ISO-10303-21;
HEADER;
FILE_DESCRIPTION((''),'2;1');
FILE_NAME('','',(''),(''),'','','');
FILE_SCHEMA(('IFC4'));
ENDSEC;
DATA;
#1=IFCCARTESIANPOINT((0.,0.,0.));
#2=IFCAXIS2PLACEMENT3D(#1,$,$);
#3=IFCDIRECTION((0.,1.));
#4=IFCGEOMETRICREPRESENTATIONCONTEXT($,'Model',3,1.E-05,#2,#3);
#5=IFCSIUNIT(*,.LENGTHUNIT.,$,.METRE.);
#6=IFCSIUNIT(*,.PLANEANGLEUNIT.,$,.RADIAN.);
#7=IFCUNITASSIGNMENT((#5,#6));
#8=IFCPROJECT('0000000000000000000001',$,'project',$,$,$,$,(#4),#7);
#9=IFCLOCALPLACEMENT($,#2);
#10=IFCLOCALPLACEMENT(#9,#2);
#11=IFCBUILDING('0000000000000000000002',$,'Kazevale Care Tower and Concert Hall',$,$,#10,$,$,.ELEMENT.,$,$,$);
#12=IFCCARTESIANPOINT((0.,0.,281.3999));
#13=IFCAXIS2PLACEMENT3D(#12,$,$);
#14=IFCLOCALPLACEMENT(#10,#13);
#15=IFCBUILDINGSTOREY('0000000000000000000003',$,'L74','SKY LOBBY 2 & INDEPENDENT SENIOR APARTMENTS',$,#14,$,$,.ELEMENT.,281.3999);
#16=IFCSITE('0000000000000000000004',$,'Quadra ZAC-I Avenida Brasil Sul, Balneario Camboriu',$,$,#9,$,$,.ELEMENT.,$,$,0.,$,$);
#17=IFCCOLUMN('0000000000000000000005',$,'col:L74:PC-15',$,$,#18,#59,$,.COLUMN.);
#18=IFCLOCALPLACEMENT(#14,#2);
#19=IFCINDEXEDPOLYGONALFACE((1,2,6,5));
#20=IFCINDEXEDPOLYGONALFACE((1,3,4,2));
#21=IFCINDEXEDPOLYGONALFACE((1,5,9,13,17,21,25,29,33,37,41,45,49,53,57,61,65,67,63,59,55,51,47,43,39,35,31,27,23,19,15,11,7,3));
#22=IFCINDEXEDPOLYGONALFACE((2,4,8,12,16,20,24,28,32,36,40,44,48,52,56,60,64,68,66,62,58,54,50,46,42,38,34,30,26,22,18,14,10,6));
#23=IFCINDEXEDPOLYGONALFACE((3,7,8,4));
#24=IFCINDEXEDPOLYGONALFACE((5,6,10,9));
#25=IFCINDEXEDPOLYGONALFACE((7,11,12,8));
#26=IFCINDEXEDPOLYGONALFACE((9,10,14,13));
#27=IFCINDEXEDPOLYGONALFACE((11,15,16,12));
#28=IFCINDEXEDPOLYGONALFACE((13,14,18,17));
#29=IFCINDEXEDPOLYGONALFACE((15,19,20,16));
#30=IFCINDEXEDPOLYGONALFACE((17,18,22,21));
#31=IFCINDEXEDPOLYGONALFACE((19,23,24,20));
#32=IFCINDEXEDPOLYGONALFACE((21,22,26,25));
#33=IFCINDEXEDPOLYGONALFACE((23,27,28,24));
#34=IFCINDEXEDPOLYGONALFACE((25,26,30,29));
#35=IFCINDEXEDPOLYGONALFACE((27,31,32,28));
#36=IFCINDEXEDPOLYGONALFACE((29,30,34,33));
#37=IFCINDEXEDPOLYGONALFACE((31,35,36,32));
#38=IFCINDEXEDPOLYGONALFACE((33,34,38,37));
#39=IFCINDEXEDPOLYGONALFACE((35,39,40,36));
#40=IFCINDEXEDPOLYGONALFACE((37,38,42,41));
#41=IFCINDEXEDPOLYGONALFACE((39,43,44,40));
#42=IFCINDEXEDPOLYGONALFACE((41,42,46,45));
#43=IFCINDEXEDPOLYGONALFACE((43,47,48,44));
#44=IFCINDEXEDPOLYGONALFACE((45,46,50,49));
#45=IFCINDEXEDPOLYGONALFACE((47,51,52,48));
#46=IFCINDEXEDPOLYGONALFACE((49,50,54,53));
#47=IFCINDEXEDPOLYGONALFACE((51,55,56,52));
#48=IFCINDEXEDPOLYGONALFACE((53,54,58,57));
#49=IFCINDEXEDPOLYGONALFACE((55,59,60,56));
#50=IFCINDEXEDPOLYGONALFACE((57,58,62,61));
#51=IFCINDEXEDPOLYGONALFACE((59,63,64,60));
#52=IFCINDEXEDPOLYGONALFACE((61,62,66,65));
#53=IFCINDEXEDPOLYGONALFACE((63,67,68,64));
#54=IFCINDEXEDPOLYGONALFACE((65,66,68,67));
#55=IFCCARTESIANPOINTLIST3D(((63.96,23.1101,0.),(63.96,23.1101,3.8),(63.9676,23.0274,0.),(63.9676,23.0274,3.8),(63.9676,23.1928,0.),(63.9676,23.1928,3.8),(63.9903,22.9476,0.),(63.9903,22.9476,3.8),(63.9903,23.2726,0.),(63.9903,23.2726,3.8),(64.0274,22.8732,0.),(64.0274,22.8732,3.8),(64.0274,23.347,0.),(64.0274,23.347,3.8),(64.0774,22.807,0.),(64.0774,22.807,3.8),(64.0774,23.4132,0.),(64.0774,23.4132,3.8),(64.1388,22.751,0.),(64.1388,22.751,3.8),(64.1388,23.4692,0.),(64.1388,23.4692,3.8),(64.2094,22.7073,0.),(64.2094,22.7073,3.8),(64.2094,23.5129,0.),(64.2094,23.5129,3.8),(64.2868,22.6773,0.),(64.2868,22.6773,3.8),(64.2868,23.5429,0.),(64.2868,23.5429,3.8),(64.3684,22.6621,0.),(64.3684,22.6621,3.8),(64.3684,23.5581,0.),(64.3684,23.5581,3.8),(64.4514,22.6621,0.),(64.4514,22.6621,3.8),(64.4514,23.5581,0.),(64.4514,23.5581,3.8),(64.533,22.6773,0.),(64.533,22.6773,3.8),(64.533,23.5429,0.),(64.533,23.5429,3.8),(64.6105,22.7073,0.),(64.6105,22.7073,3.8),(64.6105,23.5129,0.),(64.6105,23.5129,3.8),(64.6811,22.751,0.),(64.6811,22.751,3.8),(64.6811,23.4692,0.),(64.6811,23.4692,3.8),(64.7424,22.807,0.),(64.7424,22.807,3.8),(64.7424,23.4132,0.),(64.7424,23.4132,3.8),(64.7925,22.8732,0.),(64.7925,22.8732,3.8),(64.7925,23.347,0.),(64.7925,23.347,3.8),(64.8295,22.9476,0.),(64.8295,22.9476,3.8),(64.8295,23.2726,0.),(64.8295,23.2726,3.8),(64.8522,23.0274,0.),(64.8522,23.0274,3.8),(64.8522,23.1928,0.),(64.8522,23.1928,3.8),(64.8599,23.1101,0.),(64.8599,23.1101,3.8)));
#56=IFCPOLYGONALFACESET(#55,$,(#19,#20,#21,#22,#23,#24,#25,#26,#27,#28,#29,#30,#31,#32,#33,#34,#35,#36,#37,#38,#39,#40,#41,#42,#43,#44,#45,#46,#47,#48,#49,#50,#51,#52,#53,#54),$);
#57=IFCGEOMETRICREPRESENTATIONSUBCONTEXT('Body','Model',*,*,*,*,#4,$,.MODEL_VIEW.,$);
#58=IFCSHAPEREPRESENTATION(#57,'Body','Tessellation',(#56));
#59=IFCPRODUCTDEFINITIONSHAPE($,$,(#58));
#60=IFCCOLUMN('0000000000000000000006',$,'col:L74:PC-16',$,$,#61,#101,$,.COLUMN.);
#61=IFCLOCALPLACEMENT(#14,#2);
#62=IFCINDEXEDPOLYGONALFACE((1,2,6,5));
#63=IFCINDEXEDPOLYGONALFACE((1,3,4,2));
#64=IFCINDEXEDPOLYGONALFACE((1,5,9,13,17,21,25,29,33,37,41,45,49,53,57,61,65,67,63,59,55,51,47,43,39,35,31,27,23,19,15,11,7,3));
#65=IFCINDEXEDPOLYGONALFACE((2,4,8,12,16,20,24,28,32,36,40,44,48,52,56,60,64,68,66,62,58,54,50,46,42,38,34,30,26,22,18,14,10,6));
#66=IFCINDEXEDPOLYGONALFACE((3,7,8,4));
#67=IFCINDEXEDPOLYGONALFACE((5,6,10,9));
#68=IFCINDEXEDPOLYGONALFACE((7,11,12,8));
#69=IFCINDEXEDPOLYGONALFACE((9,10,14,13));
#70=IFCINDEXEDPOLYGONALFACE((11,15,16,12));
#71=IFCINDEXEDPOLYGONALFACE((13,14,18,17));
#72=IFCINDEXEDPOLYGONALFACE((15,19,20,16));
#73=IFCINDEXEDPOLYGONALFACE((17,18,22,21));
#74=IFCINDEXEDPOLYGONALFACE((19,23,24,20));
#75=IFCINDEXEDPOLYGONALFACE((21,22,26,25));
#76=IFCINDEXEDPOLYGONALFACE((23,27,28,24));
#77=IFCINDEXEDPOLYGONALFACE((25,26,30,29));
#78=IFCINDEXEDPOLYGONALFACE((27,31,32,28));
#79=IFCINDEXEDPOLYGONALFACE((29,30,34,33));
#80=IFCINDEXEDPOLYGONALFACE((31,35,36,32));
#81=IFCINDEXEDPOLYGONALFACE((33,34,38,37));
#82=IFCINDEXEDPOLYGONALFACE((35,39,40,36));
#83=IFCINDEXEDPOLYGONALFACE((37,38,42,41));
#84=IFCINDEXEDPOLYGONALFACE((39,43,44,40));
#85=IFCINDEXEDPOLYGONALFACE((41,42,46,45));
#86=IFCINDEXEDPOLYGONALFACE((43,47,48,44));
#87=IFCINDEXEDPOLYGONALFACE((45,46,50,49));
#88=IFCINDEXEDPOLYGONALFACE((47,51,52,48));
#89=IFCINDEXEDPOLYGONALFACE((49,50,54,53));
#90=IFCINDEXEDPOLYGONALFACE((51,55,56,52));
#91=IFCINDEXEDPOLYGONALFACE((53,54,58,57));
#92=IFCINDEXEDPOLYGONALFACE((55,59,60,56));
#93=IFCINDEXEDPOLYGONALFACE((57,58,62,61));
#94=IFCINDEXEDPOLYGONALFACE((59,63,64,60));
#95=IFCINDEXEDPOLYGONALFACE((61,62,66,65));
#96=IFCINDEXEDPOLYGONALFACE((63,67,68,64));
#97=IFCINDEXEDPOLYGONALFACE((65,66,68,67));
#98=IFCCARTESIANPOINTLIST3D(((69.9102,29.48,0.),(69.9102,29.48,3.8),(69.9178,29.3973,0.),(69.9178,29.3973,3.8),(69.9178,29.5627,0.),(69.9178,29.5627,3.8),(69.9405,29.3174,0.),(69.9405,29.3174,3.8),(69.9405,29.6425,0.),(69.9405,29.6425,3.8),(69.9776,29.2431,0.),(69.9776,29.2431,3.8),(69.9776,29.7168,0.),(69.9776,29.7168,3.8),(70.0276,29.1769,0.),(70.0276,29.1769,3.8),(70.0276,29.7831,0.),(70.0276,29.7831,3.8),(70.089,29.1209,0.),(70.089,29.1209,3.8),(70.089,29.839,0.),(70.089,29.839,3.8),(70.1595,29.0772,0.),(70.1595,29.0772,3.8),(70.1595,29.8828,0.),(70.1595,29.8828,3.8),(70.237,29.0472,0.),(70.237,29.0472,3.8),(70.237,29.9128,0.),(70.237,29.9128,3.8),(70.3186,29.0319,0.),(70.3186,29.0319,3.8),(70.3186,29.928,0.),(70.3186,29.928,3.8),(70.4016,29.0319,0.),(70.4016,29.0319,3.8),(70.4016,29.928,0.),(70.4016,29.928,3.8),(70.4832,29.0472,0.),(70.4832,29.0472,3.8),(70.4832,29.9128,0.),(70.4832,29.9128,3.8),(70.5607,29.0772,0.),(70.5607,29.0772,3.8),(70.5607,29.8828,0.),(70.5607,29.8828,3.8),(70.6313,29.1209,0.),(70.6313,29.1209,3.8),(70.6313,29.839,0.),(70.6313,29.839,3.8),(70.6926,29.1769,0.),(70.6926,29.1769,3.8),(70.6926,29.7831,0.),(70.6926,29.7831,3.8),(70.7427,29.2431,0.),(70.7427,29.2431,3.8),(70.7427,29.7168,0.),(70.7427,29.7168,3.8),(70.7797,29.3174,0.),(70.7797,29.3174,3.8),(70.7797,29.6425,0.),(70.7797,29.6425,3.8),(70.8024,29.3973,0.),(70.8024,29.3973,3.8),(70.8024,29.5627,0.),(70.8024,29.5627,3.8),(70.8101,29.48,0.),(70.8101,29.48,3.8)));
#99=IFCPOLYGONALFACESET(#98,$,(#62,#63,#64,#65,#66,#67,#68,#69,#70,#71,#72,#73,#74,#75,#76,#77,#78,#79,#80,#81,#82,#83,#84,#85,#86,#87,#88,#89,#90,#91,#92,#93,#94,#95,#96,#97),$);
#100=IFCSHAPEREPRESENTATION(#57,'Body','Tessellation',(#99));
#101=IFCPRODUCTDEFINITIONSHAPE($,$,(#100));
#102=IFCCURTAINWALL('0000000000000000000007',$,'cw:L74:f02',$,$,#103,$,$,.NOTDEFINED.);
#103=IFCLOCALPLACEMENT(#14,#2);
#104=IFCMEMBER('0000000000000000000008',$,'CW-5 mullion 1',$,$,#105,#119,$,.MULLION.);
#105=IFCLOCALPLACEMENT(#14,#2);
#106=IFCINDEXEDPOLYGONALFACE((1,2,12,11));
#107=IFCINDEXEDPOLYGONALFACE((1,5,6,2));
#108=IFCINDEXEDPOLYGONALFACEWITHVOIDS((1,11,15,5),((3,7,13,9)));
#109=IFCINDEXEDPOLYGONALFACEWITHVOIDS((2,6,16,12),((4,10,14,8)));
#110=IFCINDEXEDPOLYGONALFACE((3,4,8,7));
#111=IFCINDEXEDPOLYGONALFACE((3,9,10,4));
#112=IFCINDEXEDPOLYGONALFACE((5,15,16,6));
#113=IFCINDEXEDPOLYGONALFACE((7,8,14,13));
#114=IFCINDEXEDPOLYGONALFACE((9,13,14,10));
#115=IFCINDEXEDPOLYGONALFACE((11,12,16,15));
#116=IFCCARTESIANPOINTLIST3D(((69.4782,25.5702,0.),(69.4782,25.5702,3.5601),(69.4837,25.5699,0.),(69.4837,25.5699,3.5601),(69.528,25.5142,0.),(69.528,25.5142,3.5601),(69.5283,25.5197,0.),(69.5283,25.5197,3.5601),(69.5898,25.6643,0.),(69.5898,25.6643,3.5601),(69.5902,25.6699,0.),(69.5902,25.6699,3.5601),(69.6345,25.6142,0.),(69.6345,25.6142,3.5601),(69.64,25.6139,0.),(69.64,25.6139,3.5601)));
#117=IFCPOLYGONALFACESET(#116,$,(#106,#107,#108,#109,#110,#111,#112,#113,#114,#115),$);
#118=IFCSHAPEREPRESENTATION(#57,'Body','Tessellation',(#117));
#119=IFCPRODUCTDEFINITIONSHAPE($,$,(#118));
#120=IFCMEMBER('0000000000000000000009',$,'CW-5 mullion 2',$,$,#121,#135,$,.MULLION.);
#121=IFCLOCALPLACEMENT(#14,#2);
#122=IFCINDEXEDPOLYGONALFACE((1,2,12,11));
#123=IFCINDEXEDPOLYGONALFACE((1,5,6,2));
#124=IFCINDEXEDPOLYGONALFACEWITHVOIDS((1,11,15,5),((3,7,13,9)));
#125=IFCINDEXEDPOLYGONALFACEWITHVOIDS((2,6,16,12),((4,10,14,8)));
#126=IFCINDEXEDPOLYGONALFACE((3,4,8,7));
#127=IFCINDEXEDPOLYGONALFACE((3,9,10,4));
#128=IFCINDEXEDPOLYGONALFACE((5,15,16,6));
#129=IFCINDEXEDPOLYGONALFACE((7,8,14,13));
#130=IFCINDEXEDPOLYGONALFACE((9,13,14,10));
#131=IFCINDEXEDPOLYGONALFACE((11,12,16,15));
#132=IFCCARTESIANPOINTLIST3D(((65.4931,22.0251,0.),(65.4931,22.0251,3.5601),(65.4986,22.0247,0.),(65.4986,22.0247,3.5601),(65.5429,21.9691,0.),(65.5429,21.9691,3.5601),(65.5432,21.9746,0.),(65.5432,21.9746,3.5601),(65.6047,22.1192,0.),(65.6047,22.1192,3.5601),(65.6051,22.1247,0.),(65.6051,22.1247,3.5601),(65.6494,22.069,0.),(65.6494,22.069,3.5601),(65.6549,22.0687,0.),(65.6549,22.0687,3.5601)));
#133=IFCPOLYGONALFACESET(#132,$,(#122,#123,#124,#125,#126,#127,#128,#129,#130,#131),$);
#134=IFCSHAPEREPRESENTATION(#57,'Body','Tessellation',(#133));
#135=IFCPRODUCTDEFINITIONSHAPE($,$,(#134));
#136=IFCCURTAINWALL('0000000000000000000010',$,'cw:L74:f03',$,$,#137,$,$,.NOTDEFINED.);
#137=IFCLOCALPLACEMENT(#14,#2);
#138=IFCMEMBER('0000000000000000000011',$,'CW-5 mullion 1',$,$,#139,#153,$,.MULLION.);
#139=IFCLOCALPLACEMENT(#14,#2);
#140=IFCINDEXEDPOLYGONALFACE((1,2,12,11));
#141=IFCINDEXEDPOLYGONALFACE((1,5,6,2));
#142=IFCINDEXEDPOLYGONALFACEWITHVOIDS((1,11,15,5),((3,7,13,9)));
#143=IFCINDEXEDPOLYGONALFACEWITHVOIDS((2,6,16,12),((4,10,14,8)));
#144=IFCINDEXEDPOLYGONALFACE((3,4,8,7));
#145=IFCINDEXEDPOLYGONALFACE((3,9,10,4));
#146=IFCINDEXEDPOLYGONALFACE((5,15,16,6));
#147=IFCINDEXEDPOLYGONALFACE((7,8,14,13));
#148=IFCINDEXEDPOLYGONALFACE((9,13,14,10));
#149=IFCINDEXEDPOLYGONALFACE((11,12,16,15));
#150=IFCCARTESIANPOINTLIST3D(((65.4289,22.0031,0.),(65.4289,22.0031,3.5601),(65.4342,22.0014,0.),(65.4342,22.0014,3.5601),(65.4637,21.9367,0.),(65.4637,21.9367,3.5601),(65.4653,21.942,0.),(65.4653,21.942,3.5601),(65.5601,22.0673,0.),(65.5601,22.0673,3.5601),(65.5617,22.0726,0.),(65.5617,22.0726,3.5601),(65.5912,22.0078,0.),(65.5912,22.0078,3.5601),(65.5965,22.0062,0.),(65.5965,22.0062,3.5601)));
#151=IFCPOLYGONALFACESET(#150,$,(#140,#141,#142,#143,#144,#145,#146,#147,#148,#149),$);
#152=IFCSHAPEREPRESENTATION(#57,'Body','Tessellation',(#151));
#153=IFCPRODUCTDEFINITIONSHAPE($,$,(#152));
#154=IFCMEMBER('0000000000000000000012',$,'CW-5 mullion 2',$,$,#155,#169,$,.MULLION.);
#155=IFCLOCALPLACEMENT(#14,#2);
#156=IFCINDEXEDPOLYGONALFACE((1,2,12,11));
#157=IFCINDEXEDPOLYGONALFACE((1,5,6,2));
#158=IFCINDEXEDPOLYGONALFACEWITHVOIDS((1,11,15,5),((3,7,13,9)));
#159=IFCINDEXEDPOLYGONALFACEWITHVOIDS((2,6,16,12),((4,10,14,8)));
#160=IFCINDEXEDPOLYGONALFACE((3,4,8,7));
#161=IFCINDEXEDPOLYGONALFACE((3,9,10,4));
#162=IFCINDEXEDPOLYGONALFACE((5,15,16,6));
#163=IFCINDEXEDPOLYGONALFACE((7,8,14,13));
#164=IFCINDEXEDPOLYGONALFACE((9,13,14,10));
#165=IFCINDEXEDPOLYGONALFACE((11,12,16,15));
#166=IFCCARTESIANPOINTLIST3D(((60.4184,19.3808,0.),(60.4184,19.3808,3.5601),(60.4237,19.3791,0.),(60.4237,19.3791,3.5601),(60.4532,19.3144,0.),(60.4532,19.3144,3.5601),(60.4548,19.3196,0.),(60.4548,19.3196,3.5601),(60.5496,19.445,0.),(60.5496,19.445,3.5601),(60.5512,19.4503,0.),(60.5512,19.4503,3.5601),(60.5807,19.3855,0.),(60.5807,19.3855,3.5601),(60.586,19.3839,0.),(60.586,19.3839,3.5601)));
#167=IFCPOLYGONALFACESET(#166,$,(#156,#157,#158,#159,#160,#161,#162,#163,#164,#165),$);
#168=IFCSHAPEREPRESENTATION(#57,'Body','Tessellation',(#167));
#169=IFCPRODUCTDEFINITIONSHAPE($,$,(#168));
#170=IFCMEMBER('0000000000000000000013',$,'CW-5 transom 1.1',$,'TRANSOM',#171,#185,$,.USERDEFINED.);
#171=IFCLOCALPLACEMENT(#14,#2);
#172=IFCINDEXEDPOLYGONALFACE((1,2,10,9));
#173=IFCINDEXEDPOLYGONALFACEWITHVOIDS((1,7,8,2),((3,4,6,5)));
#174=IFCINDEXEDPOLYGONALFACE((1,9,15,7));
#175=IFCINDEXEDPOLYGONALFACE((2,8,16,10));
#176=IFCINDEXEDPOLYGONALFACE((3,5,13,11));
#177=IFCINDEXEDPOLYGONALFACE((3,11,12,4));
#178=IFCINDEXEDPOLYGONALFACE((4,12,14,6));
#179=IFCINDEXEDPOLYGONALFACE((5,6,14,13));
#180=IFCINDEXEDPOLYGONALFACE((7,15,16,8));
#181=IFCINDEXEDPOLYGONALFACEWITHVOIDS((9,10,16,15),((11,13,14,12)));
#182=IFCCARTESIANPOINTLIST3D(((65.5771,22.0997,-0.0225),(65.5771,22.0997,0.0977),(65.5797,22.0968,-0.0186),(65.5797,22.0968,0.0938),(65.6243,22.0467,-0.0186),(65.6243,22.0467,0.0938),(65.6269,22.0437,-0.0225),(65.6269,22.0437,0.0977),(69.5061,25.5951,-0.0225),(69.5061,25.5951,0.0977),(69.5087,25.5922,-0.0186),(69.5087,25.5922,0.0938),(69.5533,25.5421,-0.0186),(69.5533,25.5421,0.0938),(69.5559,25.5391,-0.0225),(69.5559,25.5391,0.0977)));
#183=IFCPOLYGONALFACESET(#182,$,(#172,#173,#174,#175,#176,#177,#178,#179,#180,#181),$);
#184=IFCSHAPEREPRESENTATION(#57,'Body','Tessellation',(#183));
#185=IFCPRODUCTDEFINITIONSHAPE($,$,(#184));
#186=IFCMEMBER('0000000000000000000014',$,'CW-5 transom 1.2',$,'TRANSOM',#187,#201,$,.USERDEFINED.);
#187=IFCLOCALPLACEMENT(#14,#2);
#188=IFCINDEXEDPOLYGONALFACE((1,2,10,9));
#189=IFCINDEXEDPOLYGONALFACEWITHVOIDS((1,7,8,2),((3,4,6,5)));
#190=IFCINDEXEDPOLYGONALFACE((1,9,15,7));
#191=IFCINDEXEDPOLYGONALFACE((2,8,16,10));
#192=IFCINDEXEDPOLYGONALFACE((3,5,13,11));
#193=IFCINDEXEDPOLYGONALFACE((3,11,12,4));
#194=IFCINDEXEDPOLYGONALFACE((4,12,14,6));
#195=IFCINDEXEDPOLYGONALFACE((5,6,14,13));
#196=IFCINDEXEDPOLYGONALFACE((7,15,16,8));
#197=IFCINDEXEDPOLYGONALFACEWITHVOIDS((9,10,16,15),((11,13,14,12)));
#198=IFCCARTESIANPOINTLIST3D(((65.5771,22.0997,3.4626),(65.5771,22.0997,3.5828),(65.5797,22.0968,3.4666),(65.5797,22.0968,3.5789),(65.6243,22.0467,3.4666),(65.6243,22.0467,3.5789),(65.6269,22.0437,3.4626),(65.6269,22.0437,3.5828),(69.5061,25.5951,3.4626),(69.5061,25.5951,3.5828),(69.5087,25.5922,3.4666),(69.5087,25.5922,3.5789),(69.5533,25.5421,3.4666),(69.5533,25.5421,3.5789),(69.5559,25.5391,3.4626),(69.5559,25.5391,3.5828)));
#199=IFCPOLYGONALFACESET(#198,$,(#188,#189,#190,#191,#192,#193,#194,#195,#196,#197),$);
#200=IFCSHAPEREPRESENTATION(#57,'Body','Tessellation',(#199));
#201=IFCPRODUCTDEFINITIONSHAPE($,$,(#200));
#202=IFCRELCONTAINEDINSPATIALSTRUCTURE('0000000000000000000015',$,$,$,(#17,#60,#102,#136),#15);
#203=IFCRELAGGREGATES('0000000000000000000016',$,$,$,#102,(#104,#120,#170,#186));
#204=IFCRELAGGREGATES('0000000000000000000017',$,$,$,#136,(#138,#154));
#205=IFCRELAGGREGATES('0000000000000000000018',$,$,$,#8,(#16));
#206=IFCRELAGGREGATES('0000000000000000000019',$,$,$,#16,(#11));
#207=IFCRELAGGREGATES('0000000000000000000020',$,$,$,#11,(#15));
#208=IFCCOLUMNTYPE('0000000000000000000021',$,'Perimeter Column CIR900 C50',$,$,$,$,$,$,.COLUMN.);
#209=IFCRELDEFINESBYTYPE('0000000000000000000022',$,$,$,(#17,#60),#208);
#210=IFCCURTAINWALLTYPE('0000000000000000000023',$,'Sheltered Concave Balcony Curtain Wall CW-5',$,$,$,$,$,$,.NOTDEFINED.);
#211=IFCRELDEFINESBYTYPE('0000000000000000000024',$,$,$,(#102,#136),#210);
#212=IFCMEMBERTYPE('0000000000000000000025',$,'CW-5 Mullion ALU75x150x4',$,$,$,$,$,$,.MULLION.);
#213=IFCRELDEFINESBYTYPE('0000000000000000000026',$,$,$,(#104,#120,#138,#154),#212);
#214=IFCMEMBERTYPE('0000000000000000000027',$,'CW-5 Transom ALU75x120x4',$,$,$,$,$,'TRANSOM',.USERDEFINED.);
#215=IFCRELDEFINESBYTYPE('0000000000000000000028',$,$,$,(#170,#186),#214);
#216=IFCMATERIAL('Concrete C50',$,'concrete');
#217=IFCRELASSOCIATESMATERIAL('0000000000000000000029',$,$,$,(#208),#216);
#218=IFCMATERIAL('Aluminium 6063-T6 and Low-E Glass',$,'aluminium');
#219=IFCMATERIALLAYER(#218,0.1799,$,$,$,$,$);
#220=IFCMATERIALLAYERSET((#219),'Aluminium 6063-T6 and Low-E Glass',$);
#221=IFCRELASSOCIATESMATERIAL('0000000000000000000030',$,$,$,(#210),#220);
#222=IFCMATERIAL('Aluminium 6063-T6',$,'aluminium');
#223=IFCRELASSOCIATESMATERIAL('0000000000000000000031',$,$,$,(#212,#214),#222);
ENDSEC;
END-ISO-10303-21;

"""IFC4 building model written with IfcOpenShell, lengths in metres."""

from ifc_helpers import new_model, si_unit, direction, frame, origin, origin_2d, place, context, subcontext, project, spatial, hollow_rectangle, circle, extrude, material, layer, layer_set, material_profile, profile_set, type_object, element, aggregate, save


model = new_model("IFC4")

# Units and contexts
model_context = context("Model", 3, precision=1e-05, world=origin(), true_north=direction((0.0, 1.0)))
body_context = subcontext(model_context, "Body", "Model", "MODEL_VIEW")
ifc_project = project(units=[si_unit("LENGTHUNIT", "METRE"), si_unit("PLANEANGLEUNIT", "RADIAN")], contexts=[model_context])

# Site, building, storey
site_placement = place(None, origin())
site = spatial("IfcSite", under=ifc_project, at=site_placement, Name="Quadra ZAC-I Avenida Brasil Sul, Balneario Camboriu", CompositionType="ELEMENT", RefElevation=0.0)
building_placement = place(site_placement, origin())
building = spatial("IfcBuilding", under=site, at=building_placement, Name="Kazevale Care Tower and Concert Hall", CompositionType="ELEMENT")
storey_placement = place(building_placement, frame((0.0, 0.0, 281.3999)))
storey = spatial("IfcBuildingStorey", under=building, at=storey_placement, Name="L74", Description="SKY LOBBY 2 & INDEPENDENT SENIOR APARTMENTS", CompositionType="ELEMENT", Elevation=281.3999)

# Columns
ifc_material_1 = material(Name="Concrete C50", Category="concrete")
ifc_material_profile_1 = material_profile(ifc_material_1, circle(Radius=0.45, at=origin_2d()), Name="RC-CIR900")
ifc_profile_set_1 = profile_set([ifc_material_profile_1], Name="Concrete C50")
column_type = type_object("IfcColumnType", Name="Perimeter Column CIR900 C50", PredefinedType="COLUMN", material=ifc_profile_set_1)
for number, where, z_axis, x_axis, name in (
    (1, (64.4099, 23.1101, 0.0), (0.0, 0.0, 1.0), (1.0, 0.0, 0.0), "col:L74:PC-15"),
    (2, (70.3601, 29.48, 0.0), (0.0, 0.0, 1.0), (1.0, 0.0, 0.0), "col:L74:PC-16"),
):
    element("IfcColumn", number, at=place(storey_placement, frame(where, z_axis=z_axis, x_axis=x_axis)), inside=storey, type_object=column_type, Name=name, PredefinedType="COLUMN", context=body_context, shape_type="SweptSolid", body=[
        extrude(circle(Radius=0.45, at=origin_2d()), origin(), (0.0, 0.0, 1.0), 3.8),
    ])

# Curtain walls, members
ifc_material_2 = material(Name="Aluminium 6063-T6 and Low-E Glass", Category="aluminium")
ifc_layer_1 = layer(ifc_material_2, 0.1799)
ifc_layer_set_1 = layer_set([ifc_layer_1], Name="Aluminium 6063-T6 and Low-E Glass")
curtain_wall_type = type_object("IfcCurtainWallType", Name="Sheltered Concave Balcony Curtain Wall CW-5", PredefinedType="NOTDEFINED", material=ifc_layer_set_1)
curtain_wall_1_placement = place(storey_placement, origin())
curtain_wall_1 = element("IfcCurtainWall", 3, at=curtain_wall_1_placement, inside=storey, type_object=curtain_wall_type, Name="cw:L74:f02", PredefinedType="NOTDEFINED")
ifc_material_3 = material(Name="Aluminium 6063-T6", Category="aluminium")
ifc_material_profile_2 = material_profile(ifc_material_3, hollow_rectangle(XDim=0.075, YDim=0.1499, WallThickness=0.0039, at=origin_2d()), Name="ALU75x150x4")
ifc_profile_set_2 = profile_set([ifc_material_profile_2], Name="Aluminium 6063-T6")
member_type_1 = type_object("IfcMemberType", Name="CW-5 Mullion ALU75x150x4", PredefinedType="MULLION", material=ifc_profile_set_2)
member_1_placement = place(storey_placement, frame((69.5591, 25.592, 0.0), z_axis=(0.0, 0.0, 1.0), x_axis=(0.664674, -0.747134, 0.0)))
member_1 = element("IfcMember", 4, at=member_1_placement, type_object=member_type_1, Name="CW-5 mullion 1", PredefinedType="MULLION", context=body_context, shape_type="SweptSolid", body=[
    extrude(hollow_rectangle(XDim=0.075, YDim=0.1499, WallThickness=0.0039, at=origin_2d()), origin(), (0.0, 0.0, 1.0), 3.5601),
])
member_2_placement = place(storey_placement, frame((65.574, 22.0469, 0.0), z_axis=(0.0, 0.0, 1.0), x_axis=(0.664674, -0.747134, 0.0)))
member_2 = element("IfcMember", 5, at=member_2_placement, type_object=member_type_1, Name="CW-5 mullion 2", PredefinedType="MULLION", context=body_context, shape_type="SweptSolid", body=[
    extrude(hollow_rectangle(XDim=0.075, YDim=0.1499, WallThickness=0.0039, at=origin_2d()), origin(), (0.0, 0.0, 1.0), 3.5601),
])
curtain_wall_2_placement = place(storey_placement, origin())
curtain_wall_2 = element("IfcCurtainWall", 6, at=curtain_wall_2_placement, inside=storey, type_object=curtain_wall_type, Name="cw:L74:f03", PredefinedType="NOTDEFINED")
member_3_placement = place(storey_placement, frame((65.5127, 22.0046, 0.0), z_axis=(0.0, 0.0, 1.0), x_axis=(0.463681, -0.886002, 0.0)))
member_3 = element("IfcMember", 7, at=member_3_placement, type_object=member_type_1, Name="CW-5 mullion 1", PredefinedType="MULLION", context=body_context, shape_type="SweptSolid", body=[
    extrude(hollow_rectangle(XDim=0.075, YDim=0.1499, WallThickness=0.0039, at=origin_2d()), origin(), (0.0, 0.0, 1.0), 3.5601),
])
member_4_placement = place(storey_placement, frame((60.5022, 19.3823, 0.0), z_axis=(0.0, 0.0, 1.0), x_axis=(0.463681, -0.886002, 0.0)))
member_4 = element("IfcMember", 8, at=member_4_placement, type_object=member_type_1, Name="CW-5 mullion 2", PredefinedType="MULLION", context=body_context, shape_type="SweptSolid", body=[
    extrude(hollow_rectangle(XDim=0.075, YDim=0.1499, WallThickness=0.0039, at=origin_2d()), origin(), (0.0, 0.0, 1.0), 3.5601),
])

# Members
ifc_material_profile_3 = material_profile(ifc_material_3, hollow_rectangle(XDim=0.075, YDim=0.1201, WallThickness=0.0039, at=origin_2d()), Name="ALU75x120x4")
ifc_profile_set_3 = profile_set([ifc_material_profile_3], Name="Aluminium 6063-T6")
member_type_2 = type_object("IfcMemberType", Name="CW-5 Transom ALU75x120x4", ElementType="TRANSOM", PredefinedType="USERDEFINED", material=ifc_profile_set_3)
member_5_placement = place(storey_placement, frame((69.531, 25.5671, 0.0376), z_axis=(-0.74713, -0.664678, 0.0), x_axis=(0.664678, -0.74713, 0.0)))
member_5 = element("IfcMember", 9, at=member_5_placement, type_object=member_type_2, Name="CW-5 transom 1.1", ObjectType="TRANSOM", PredefinedType="USERDEFINED", context=body_context, shape_type="SweptSolid", body=[
    extrude(hollow_rectangle(XDim=0.075, YDim=0.1201, WallThickness=0.0039, at=origin_2d()), origin(), (0.0, 0.0, 1.0), 5.2588),
])
member_6_placement = place(storey_placement, frame((69.531, 25.5671, 3.5227), z_axis=(-0.74713, -0.664678, 0.0), x_axis=(0.664678, -0.74713, 0.0)))
member_6 = element("IfcMember", 10, at=member_6_placement, type_object=member_type_2, Name="CW-5 transom 1.2", ObjectType="TRANSOM", PredefinedType="USERDEFINED", context=body_context, shape_type="SweptSolid", body=[
    extrude(hollow_rectangle(XDim=0.075, YDim=0.1201, WallThickness=0.0039, at=origin_2d()), origin(), (0.0, 0.0, 1.0), 5.2588),
])

aggregate(curtain_wall_1, [member_1, member_2, member_5, member_6])
aggregate(curtain_wall_2, [member_3, member_4])

save(model, "model.ifc")
